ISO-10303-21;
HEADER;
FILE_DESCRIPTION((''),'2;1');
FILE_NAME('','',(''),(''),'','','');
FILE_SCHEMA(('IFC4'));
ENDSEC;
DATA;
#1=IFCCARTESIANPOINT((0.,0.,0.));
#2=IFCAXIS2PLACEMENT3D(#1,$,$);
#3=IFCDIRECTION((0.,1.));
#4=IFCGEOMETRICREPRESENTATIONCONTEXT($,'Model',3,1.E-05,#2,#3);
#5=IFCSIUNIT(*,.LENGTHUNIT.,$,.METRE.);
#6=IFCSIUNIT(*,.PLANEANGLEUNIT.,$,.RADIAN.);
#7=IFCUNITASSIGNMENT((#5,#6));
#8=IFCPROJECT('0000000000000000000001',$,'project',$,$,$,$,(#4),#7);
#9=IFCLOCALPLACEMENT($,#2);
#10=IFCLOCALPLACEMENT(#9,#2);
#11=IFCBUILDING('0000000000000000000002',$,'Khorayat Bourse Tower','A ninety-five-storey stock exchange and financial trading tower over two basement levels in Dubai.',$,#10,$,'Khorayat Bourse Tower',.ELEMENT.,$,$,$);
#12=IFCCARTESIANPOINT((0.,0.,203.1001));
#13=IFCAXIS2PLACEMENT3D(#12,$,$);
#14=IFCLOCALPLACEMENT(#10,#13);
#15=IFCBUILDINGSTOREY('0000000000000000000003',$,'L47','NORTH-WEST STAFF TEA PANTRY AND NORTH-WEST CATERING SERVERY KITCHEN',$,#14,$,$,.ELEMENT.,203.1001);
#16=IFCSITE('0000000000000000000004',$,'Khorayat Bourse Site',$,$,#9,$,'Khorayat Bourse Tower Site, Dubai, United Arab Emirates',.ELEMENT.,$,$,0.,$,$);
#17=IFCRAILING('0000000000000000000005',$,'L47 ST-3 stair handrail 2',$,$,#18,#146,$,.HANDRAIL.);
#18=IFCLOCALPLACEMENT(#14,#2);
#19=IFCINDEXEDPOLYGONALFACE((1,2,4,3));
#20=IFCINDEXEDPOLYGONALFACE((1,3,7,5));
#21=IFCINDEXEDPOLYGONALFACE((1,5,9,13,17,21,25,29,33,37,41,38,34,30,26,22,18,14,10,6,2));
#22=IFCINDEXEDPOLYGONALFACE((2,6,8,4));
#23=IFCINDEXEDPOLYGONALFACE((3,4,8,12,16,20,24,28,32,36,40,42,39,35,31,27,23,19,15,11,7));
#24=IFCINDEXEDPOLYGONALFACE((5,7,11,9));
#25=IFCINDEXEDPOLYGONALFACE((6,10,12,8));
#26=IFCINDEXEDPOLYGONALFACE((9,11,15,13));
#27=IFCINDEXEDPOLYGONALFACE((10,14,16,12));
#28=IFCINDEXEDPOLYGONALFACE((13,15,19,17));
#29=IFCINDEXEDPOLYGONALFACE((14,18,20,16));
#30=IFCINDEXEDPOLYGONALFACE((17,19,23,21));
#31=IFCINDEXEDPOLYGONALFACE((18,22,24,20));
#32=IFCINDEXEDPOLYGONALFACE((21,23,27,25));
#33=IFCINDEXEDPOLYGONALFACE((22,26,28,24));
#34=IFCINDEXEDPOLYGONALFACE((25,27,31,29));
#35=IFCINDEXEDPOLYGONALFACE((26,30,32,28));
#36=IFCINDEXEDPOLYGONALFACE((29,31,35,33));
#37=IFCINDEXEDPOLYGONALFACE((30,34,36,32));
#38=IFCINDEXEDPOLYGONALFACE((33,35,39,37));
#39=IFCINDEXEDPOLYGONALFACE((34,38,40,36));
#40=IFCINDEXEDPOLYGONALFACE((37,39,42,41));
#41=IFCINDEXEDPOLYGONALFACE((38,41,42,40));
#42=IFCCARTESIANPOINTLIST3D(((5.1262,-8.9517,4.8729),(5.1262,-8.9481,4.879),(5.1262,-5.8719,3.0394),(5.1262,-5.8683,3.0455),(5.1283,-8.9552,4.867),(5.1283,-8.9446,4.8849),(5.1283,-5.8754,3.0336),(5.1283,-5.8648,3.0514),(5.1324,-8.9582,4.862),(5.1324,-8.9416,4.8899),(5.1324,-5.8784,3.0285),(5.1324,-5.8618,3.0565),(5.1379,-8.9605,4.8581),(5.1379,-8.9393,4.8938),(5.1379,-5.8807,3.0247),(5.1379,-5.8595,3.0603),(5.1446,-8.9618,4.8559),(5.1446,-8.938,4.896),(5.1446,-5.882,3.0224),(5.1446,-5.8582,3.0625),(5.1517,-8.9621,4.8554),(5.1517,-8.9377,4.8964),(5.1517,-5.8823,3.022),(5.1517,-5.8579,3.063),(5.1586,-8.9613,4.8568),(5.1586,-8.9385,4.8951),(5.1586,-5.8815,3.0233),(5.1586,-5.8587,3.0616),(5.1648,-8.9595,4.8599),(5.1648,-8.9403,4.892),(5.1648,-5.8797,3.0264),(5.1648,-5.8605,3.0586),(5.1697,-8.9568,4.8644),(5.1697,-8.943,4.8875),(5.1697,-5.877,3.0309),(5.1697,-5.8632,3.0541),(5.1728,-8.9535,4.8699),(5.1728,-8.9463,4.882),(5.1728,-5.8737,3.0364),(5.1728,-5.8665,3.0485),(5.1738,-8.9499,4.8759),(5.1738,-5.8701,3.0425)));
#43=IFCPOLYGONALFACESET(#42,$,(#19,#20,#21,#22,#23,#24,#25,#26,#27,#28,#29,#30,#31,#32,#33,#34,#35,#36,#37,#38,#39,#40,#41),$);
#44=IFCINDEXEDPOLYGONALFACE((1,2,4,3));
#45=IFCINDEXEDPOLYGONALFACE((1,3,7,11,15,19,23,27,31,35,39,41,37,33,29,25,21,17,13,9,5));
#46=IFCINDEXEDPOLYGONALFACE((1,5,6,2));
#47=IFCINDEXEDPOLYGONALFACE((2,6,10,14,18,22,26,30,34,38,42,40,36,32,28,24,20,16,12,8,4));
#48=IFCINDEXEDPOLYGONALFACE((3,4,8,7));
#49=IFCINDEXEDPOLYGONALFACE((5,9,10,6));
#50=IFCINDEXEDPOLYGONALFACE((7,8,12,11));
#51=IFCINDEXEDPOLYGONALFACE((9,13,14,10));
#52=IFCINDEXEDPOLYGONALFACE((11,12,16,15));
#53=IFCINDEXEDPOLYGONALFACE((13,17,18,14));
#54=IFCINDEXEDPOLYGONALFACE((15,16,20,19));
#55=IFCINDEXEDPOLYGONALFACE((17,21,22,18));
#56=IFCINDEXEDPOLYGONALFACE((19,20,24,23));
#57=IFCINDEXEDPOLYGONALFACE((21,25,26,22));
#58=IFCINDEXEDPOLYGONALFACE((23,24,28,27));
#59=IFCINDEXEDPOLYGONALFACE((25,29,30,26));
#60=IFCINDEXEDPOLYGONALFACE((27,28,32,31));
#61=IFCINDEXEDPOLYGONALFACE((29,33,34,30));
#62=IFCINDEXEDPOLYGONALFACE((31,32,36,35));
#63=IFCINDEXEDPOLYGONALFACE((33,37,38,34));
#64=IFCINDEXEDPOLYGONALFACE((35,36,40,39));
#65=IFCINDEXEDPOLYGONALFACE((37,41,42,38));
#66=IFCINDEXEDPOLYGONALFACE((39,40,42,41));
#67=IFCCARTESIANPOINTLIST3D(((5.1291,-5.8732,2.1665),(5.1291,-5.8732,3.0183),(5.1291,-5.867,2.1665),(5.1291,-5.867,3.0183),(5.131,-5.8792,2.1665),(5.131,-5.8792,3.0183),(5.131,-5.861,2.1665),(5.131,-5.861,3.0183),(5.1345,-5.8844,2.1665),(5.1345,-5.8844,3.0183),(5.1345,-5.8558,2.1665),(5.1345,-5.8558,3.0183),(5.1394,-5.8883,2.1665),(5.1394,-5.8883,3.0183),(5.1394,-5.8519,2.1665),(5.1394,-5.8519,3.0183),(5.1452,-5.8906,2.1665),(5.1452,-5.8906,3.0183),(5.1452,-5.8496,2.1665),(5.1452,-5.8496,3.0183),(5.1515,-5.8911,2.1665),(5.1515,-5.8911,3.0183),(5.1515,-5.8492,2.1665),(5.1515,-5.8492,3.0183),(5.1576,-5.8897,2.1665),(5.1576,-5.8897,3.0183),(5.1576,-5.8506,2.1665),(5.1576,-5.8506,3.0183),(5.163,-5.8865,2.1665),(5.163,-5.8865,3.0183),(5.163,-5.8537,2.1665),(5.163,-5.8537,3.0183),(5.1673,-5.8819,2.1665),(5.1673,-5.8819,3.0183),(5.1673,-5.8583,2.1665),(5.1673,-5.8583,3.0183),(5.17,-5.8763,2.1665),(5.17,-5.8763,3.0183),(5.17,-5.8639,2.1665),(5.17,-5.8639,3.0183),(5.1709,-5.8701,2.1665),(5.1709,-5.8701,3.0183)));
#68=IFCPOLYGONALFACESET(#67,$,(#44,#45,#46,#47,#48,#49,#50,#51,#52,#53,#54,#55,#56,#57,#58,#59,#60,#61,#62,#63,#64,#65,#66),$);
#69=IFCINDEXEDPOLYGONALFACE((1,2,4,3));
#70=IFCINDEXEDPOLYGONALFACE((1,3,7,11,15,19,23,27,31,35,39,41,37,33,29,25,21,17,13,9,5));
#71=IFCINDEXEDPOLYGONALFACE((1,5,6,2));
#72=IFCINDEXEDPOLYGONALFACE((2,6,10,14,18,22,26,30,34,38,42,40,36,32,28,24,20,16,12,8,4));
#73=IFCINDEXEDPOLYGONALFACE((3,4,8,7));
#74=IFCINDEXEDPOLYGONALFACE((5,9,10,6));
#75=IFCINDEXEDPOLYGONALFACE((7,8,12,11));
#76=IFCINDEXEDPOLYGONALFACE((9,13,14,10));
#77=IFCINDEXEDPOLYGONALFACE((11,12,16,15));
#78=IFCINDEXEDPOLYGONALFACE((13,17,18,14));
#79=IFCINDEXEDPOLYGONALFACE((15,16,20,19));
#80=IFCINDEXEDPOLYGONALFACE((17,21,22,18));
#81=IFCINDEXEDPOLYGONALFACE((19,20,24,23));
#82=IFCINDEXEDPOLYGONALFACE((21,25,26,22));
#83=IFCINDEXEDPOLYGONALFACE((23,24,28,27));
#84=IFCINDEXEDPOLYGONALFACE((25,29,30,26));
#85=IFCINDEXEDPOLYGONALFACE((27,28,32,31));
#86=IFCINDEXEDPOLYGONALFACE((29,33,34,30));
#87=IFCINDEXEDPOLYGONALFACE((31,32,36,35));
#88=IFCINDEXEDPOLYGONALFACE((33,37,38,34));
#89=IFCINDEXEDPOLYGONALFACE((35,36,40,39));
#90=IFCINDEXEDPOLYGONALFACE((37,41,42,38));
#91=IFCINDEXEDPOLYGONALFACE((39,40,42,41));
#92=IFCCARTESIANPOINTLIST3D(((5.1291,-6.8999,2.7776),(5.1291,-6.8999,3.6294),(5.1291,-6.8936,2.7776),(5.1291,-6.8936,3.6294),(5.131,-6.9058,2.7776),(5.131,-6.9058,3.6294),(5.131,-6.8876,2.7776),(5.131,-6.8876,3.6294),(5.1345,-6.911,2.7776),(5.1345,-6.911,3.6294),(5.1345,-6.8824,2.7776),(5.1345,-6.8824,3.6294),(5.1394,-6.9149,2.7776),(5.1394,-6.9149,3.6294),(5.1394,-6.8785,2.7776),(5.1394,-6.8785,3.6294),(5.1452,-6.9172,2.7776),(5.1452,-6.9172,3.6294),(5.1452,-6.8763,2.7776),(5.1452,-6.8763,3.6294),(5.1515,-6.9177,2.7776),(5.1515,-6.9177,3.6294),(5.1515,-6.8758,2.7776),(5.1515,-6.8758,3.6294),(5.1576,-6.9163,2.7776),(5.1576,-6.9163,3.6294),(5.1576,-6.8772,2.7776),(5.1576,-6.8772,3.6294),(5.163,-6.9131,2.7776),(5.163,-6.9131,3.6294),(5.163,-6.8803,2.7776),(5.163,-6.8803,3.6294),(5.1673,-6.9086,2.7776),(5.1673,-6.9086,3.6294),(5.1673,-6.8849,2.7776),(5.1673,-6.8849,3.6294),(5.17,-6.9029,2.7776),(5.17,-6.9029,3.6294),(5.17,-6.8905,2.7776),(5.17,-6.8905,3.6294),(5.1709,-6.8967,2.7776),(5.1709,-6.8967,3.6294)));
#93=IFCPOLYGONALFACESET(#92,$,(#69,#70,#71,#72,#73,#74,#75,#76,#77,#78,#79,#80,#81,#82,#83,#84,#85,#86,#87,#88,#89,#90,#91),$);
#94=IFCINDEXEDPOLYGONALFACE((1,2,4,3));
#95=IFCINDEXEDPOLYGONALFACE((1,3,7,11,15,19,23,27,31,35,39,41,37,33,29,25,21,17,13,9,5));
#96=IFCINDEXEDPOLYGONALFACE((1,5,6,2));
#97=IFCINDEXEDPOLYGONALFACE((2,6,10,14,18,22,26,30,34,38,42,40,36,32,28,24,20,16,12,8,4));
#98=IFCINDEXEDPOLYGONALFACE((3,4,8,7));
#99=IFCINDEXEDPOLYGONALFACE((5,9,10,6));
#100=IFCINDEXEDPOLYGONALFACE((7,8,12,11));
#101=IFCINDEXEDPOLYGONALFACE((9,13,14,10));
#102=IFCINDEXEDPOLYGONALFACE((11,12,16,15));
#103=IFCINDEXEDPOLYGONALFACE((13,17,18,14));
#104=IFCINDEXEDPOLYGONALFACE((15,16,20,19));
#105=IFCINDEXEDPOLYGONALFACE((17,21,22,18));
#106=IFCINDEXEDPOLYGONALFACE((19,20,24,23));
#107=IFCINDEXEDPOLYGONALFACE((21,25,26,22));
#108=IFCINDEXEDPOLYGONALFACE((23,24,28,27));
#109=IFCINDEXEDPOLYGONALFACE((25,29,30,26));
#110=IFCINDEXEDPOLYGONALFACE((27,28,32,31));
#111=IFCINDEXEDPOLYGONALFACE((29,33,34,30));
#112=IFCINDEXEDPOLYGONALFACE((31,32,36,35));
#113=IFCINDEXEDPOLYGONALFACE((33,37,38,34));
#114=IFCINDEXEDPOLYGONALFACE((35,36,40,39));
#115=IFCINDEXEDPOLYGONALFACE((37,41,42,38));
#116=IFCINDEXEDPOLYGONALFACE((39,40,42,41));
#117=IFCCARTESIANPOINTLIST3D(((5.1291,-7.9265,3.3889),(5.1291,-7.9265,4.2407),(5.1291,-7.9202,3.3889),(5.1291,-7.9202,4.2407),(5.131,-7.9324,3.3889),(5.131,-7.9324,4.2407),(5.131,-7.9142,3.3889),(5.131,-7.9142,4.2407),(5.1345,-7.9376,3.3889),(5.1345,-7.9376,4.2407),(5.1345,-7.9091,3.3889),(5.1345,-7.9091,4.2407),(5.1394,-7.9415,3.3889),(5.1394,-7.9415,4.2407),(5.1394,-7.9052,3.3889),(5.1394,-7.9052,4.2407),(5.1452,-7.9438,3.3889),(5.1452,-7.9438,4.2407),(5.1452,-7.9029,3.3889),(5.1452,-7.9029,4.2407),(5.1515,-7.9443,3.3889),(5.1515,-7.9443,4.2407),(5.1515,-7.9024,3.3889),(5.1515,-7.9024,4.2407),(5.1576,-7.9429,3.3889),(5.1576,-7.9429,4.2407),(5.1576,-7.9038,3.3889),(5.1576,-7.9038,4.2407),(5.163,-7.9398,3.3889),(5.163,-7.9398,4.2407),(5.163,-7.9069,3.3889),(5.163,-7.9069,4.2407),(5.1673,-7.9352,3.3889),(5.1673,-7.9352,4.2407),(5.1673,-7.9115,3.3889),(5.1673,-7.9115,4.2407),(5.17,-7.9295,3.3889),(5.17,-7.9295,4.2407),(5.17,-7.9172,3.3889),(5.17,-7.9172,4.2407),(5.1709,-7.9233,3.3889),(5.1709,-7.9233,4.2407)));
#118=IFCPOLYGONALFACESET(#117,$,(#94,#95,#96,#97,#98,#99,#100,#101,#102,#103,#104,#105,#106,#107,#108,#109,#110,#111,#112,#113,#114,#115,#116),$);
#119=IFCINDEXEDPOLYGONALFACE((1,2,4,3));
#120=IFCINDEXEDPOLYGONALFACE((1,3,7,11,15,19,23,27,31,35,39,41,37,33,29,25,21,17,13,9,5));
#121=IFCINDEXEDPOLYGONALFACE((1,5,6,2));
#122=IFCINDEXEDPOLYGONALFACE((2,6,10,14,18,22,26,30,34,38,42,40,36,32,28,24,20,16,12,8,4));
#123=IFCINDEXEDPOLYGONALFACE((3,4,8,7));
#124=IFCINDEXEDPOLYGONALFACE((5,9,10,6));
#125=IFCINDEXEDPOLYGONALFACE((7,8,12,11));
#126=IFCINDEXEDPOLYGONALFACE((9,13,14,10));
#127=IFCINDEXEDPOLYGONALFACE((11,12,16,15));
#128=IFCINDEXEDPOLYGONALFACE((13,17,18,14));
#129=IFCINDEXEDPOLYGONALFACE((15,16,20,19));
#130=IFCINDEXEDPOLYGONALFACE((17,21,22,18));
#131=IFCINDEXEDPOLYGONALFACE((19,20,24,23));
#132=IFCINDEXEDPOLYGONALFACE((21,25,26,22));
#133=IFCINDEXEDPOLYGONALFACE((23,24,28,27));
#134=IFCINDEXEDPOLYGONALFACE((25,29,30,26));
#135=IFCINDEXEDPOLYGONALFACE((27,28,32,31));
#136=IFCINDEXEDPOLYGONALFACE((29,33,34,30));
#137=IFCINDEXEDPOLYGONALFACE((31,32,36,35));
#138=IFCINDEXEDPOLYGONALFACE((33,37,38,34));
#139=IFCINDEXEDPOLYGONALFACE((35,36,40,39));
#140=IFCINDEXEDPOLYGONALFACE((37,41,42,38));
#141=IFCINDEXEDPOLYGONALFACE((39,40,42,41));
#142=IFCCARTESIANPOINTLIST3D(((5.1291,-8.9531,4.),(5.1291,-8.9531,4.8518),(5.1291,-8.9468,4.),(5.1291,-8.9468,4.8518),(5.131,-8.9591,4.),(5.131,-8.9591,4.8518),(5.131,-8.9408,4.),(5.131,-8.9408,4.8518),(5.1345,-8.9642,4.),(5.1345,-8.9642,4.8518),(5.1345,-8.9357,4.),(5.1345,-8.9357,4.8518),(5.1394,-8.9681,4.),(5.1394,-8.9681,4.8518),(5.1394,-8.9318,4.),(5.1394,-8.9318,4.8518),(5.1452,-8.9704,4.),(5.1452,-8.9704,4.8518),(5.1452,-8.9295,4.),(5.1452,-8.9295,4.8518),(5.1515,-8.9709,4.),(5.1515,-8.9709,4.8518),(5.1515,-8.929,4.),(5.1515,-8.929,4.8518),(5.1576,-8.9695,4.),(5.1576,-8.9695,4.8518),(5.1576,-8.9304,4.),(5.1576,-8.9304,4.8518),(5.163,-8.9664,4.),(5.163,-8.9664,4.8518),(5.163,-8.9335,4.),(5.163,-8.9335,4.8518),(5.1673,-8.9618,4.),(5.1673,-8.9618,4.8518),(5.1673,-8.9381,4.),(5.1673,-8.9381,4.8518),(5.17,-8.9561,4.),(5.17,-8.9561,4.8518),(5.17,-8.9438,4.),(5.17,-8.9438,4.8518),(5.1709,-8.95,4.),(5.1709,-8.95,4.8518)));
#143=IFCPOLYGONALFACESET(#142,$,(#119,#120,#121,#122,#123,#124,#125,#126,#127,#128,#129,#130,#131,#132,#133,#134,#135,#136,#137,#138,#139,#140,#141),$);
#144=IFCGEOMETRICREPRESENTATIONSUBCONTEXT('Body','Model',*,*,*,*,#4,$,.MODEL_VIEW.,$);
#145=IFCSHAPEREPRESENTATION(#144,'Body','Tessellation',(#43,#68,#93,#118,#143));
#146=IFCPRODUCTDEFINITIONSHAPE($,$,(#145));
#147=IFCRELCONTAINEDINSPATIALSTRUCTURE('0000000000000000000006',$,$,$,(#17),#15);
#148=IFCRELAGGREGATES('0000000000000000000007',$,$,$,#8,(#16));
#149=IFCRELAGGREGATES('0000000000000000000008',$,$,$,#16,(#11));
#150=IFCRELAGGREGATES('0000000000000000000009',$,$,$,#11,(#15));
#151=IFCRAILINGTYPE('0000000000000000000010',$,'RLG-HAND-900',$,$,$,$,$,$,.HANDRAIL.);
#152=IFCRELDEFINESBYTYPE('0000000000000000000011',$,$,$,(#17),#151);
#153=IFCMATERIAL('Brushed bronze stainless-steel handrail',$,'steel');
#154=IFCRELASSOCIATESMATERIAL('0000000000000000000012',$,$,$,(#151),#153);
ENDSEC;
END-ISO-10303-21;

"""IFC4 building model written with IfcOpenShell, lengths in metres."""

from ifc_helpers import new_model, si_unit, direction, frame, origin, origin_2d, place, context, subcontext, project, spatial, circle, extrude, source, transform, mapped, material, type_object, element, save


model = new_model("IFC4")

# Units and contexts
model_context = context("Model", 3, precision=1e-05, world=origin(), true_north=direction((0.0, 1.0)))
body_context = subcontext(model_context, "Body", "Model", "MODEL_VIEW")
ifc_project = project(units=[si_unit("LENGTHUNIT", "METRE"), si_unit("PLANEANGLEUNIT", "RADIAN")], contexts=[model_context])

# Site, building, storey
site_placement = place(None, origin())
site = spatial("IfcSite", under=ifc_project, at=site_placement, Name="Khorayat Bourse Site", LongName="Khorayat Bourse Tower Site, Dubai, United Arab Emirates", CompositionType="ELEMENT", RefElevation=0.0)
building_placement = place(site_placement, origin())
building = spatial("IfcBuilding", under=site, at=building_placement, Name="Khorayat Bourse Tower", Description="A ninety-five-storey stock exchange and financial trading tower over two basement levels in Dubai.", LongName="Khorayat Bourse Tower", CompositionType="ELEMENT")
storey_placement = place(building_placement, frame((0.0, 0.0, 203.1001)))
storey = spatial("IfcBuildingStorey", under=building, at=storey_placement, Name="L47", Description="NORTH-WEST STAFF TEA PANTRY AND NORTH-WEST CATERING SERVERY KITCHEN", CompositionType="ELEMENT", Elevation=203.1001)

# Railing
ifc_material_1 = material(Name="Brushed bronze stainless-steel handrail", Category="steel")
railing_type_1 = type_object("IfcRailingType", Name="RLG-HAND-900", PredefinedType="HANDRAIL", material=ifc_material_1)
shared_shape_1 = source(origin(), body_context, "Body", "SweptSolid", [
    extrude(circle(Radius=0.0239, at=origin_2d()), frame((0.0, 0.0, 0.876), z_axis=(0.0, -0.859261, 0.511538), x_axis=(1.0, 0.0, 0.0)), (0.0, 0.0, 1.0), 3.5842),
    extrude(circle(Radius=0.021, at=origin_2d()), origin(), (0.0, 0.0, 1.0), 0.8518),
    extrude(circle(Radius=0.021, at=origin_2d()), frame((0.0, -1.0266, 0.6111)), (0.0, 0.0, 1.0), 0.8518),
    extrude(circle(Radius=0.021, at=origin_2d()), frame((0.0, -2.0532, 1.2224)), (0.0, 0.0, 1.0), 0.8518),
    extrude(circle(Radius=0.021, at=origin_2d()), frame((0.0, -3.0798, 1.8335)), (0.0, 0.0, 1.0), 0.8518),
])
railing_1_placement = place(storey_placement, frame((5.1499, -5.8701, 2.1665)))
element("IfcRailing", 1, at=railing_1_placement, inside=storey, type_object=railing_type_1, Name="L47 ST-3 stair handrail 2", PredefinedType="HANDRAIL", context=body_context, shape_type="MappedRepresentation", body=[
    mapped(shared_shape_1, transform((0.0, 0.0, 0.0), scale=1.0)),
])

save(model, "model.ifc")
